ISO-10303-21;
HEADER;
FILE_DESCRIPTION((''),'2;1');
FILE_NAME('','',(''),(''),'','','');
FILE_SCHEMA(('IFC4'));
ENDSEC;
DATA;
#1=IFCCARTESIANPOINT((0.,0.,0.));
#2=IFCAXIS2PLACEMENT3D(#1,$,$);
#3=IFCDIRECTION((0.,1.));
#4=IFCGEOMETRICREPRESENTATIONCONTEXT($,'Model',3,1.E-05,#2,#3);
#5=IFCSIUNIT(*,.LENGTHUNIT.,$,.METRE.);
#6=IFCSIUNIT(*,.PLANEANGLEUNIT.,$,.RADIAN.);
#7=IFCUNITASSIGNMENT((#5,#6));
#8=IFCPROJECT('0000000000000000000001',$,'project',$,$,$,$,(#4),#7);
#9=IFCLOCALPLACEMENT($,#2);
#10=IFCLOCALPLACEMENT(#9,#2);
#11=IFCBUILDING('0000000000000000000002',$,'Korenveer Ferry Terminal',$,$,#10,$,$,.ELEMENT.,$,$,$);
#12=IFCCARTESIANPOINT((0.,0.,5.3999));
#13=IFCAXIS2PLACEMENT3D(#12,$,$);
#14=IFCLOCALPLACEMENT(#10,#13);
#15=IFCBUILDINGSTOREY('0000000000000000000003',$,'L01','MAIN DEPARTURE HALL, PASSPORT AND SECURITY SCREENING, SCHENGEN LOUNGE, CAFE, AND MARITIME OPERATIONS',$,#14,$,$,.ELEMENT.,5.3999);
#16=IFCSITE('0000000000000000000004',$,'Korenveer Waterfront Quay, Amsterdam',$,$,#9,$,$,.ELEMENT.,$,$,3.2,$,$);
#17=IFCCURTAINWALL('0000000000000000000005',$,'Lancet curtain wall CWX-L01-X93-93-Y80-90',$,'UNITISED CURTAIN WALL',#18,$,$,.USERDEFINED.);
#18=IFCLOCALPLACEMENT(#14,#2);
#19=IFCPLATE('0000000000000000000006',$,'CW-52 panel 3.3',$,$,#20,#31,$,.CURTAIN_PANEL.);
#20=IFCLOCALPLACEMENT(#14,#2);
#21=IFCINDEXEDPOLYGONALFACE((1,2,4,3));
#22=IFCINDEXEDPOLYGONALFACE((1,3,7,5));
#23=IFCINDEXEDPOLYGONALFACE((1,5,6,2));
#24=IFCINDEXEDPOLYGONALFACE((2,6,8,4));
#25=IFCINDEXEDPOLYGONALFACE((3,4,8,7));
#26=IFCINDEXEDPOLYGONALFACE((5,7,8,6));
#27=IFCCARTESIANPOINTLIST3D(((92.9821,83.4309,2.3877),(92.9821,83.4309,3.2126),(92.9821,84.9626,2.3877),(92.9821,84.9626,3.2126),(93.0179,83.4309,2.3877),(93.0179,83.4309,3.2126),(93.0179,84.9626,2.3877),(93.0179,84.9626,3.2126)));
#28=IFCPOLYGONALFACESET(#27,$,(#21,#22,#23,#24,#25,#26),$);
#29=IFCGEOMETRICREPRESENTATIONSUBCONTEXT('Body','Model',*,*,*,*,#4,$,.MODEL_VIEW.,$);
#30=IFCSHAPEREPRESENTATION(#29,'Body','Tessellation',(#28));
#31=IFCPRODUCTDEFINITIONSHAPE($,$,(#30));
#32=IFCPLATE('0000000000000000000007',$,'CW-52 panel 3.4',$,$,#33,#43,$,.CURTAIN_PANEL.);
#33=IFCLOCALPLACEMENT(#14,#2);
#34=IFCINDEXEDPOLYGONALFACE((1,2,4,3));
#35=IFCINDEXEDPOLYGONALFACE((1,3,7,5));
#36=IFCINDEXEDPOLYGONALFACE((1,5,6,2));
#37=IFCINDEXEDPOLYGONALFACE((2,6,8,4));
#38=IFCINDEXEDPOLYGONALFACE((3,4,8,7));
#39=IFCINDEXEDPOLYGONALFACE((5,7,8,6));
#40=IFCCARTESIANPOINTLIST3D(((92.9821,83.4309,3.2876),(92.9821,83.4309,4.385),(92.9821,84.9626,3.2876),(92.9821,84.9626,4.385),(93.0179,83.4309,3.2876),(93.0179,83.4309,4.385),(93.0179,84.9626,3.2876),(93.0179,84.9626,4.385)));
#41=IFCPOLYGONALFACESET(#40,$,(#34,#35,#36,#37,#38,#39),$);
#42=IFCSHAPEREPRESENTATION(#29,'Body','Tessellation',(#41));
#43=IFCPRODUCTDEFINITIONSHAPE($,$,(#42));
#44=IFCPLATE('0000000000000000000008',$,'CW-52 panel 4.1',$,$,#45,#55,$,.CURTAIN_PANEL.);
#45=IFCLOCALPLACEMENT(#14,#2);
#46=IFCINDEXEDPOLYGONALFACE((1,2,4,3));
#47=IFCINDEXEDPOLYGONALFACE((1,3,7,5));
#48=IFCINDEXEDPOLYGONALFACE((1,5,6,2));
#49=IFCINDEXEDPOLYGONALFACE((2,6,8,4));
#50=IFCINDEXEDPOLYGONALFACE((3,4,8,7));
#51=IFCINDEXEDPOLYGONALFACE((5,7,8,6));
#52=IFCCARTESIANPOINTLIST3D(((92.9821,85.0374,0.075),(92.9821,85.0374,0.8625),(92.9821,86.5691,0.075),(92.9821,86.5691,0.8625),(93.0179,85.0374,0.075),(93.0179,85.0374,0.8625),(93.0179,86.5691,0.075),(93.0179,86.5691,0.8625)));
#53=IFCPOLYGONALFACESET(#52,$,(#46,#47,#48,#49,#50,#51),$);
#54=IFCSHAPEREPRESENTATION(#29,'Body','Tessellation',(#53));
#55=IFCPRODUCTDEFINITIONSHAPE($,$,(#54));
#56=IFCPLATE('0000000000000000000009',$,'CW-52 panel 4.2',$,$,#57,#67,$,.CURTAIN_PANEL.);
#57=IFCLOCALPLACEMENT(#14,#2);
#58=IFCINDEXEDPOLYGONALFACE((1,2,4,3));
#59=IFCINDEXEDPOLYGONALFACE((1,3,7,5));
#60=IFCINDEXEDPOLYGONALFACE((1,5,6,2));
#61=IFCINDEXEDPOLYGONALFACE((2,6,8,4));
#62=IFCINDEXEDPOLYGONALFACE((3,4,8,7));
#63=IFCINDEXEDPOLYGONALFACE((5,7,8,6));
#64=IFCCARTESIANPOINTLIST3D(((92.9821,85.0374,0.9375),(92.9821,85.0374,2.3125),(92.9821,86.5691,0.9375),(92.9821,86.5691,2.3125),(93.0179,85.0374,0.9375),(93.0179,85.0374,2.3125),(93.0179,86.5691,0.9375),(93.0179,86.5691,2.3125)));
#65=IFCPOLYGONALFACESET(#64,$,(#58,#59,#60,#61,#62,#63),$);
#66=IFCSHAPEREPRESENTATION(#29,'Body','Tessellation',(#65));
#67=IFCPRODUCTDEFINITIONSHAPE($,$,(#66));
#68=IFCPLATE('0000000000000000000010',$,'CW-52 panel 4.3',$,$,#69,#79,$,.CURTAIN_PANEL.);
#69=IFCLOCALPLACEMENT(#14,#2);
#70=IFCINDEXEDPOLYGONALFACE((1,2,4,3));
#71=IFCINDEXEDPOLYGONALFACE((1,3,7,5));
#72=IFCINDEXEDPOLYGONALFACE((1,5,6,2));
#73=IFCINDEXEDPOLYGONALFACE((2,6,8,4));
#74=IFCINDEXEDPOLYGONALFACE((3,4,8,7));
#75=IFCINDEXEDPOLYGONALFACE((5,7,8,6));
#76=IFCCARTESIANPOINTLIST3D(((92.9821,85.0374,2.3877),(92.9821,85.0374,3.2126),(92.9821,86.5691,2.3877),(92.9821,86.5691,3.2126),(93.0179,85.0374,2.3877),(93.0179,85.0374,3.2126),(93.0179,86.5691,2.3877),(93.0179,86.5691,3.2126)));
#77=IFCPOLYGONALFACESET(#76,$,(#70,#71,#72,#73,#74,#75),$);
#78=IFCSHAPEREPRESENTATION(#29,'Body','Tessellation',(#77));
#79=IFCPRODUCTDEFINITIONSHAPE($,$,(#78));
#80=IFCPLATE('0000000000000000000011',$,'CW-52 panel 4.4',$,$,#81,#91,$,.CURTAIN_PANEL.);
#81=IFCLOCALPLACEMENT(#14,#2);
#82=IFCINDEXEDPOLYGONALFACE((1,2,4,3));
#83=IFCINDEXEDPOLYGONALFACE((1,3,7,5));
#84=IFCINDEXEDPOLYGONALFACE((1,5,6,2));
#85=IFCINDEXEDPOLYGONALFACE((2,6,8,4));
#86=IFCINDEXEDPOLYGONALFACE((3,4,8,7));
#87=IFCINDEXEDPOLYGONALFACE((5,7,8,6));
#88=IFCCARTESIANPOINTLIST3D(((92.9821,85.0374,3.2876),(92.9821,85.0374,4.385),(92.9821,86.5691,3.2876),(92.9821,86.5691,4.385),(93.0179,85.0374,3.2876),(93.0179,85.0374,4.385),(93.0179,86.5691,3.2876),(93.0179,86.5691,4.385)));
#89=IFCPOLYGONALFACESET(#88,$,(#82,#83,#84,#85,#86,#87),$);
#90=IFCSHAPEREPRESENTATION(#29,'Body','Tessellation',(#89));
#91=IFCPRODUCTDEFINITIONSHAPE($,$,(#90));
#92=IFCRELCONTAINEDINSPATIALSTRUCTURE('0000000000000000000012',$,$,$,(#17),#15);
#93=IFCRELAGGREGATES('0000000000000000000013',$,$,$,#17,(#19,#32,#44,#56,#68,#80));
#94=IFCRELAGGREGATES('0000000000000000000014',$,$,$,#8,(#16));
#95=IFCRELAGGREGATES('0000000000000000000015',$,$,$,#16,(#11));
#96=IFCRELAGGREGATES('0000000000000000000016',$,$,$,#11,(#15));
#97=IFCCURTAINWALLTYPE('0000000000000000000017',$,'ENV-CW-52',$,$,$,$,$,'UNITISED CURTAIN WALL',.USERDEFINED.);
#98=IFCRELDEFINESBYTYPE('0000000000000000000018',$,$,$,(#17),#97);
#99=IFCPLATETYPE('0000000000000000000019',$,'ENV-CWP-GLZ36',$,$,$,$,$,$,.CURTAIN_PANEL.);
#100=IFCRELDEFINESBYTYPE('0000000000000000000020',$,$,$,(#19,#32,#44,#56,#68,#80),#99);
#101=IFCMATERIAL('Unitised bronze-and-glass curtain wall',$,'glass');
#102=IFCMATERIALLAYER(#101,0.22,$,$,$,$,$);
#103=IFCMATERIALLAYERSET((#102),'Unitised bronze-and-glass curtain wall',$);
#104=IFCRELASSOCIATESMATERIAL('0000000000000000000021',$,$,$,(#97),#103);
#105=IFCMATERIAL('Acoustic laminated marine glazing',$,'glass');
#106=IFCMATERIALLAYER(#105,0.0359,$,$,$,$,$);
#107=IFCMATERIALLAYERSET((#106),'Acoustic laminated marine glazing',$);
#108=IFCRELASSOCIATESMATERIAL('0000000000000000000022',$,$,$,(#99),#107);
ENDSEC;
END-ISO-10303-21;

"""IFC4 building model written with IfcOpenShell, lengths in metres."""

from ifc_helpers import new_model, si_unit, direction, frame, origin, origin_2d, place, context, subcontext, project, spatial, rectangle, extrude, material, layer, layer_set, type_object, element, aggregate, save


model = new_model("IFC4")

# Units and contexts
model_context = context("Model", 3, precision=1e-05, world=origin(), true_north=direction((0.0, 1.0)))
body_context = subcontext(model_context, "Body", "Model", "MODEL_VIEW")
ifc_project = project(units=[si_unit("LENGTHUNIT", "METRE"), si_unit("PLANEANGLEUNIT", "RADIAN")], contexts=[model_context])

# Site, building, storey
site_placement = place(None, origin())
site = spatial("IfcSite", under=ifc_project, at=site_placement, Name="Korenveer Waterfront Quay, Amsterdam", CompositionType="ELEMENT", RefElevation=3.2)
building_placement = place(site_placement, origin())
building = spatial("IfcBuilding", under=site, at=building_placement, Name="Korenveer Ferry Terminal", CompositionType="ELEMENT")
storey_placement = place(building_placement, frame((0.0, 0.0, 5.3999)))
storey = spatial("IfcBuildingStorey", under=building, at=storey_placement, Name="L01", Description="MAIN DEPARTURE HALL, PASSPORT AND SECURITY SCREENING, SCHENGEN LOUNGE, CAFE, AND MARITIME OPERATIONS", CompositionType="ELEMENT", Elevation=5.3999)

# Curtain wall, plates
ifc_material_1 = material(Name="Unitised bronze-and-glass curtain wall", Category="glass")
ifc_layer_1 = layer(ifc_material_1, 0.22)
ifc_layer_set_1 = layer_set([ifc_layer_1], Name="Unitised bronze-and-glass curtain wall")
curtain_wall_type = type_object("IfcCurtainWallType", Name="ENV-CW-52", ElementType="UNITISED CURTAIN WALL", PredefinedType="USERDEFINED", material=ifc_layer_set_1)
curtain_wall_placement = place(storey_placement, frame((93.0, 80.1799, 0.0)))
curtain_wall = element("IfcCurtainWall", 1, at=curtain_wall_placement, inside=storey, type_object=curtain_wall_type, Name="Lancet curtain wall CWX-L01-X93-93-Y80-90", ObjectType="UNITISED CURTAIN WALL", PredefinedType="USERDEFINED")
ifc_material_2 = material(Name="Acoustic laminated marine glazing", Category="glass")
ifc_layer_2 = layer(ifc_material_2, 0.0359)
ifc_layer_set_2 = layer_set([ifc_layer_2], Name="Acoustic laminated marine glazing")
plate_type = type_object("IfcPlateType", Name="ENV-CWP-GLZ36", PredefinedType="CURTAIN_PANEL", material=ifc_layer_set_2)
plate_1_placement = place(storey_placement, frame((93.0, 84.1968, 2.3877), z_axis=(0.0, 0.0, 1.0), x_axis=(0.0, 1.0, 0.0)))
plate_1 = element("IfcPlate", 2, at=plate_1_placement, type_object=plate_type, Name="CW-52 panel 3.3", PredefinedType="CURTAIN_PANEL", context=body_context, shape_type="SweptSolid", body=[
    extrude(rectangle(XDim=1.5317, YDim=0.0359, at=origin_2d()), origin(), (0.0, 0.0, 1.0), 0.825),
])
plate_2_placement = place(storey_placement, frame((93.0, 84.1968, 3.2876), z_axis=(0.0, 0.0, 1.0), x_axis=(0.0, 1.0, 0.0)))
plate_2 = element("IfcPlate", 3, at=plate_2_placement, type_object=plate_type, Name="CW-52 panel 3.4", PredefinedType="CURTAIN_PANEL", context=body_context, shape_type="SweptSolid", body=[
    extrude(rectangle(XDim=1.5317, YDim=0.0359, at=origin_2d()), origin(), (0.0, 0.0, 1.0), 1.0974),
])
plate_3_placement = place(storey_placement, frame((93.0, 85.8032, 0.075), z_axis=(0.0, 0.0, 1.0), x_axis=(0.0, 1.0, 0.0)))
plate_3 = element("IfcPlate", 4, at=plate_3_placement, type_object=plate_type, Name="CW-52 panel 4.1", PredefinedType="CURTAIN_PANEL", context=body_context, shape_type="SweptSolid", body=[
    extrude(rectangle(XDim=1.5317, YDim=0.0359, at=origin_2d()), origin(), (0.0, 0.0, 1.0), 0.7876),
])
plate_4_placement = place(storey_placement, frame((93.0, 85.8032, 0.9375), z_axis=(0.0, 0.0, 1.0), x_axis=(0.0, 1.0, 0.0)))
plate_4 = element("IfcPlate", 5, at=plate_4_placement, type_object=plate_type, Name="CW-52 panel 4.2", PredefinedType="CURTAIN_PANEL", context=body_context, shape_type="SweptSolid", body=[
    extrude(rectangle(XDim=1.5317, YDim=0.0359, at=origin_2d()), origin(), (0.0, 0.0, 1.0), 1.375),
])
plate_5_placement = place(storey_placement, frame((93.0, 85.8032, 2.3877), z_axis=(0.0, 0.0, 1.0), x_axis=(0.0, 1.0, 0.0)))
plate_5 = element("IfcPlate", 6, at=plate_5_placement, type_object=plate_type, Name="CW-52 panel 4.3", PredefinedType="CURTAIN_PANEL", context=body_context, shape_type="SweptSolid", body=[
    extrude(rectangle(XDim=1.5317, YDim=0.0359, at=origin_2d()), origin(), (0.0, 0.0, 1.0), 0.825),
])
plate_6_placement = place(storey_placement, frame((93.0, 85.8032, 3.2876), z_axis=(0.0, 0.0, 1.0), x_axis=(0.0, 1.0, 0.0)))
plate_6 = element("IfcPlate", 7, at=plate_6_placement, type_object=plate_type, Name="CW-52 panel 4.4", PredefinedType="CURTAIN_PANEL", context=body_context, shape_type="SweptSolid", body=[
    extrude(rectangle(XDim=1.5317, YDim=0.0359, at=origin_2d()), origin(), (0.0, 0.0, 1.0), 1.0974),
])
aggregate(curtain_wall, [plate_1, plate_2, plate_3, plate_4, plate_5, plate_6])

save(model, "model.ifc")
